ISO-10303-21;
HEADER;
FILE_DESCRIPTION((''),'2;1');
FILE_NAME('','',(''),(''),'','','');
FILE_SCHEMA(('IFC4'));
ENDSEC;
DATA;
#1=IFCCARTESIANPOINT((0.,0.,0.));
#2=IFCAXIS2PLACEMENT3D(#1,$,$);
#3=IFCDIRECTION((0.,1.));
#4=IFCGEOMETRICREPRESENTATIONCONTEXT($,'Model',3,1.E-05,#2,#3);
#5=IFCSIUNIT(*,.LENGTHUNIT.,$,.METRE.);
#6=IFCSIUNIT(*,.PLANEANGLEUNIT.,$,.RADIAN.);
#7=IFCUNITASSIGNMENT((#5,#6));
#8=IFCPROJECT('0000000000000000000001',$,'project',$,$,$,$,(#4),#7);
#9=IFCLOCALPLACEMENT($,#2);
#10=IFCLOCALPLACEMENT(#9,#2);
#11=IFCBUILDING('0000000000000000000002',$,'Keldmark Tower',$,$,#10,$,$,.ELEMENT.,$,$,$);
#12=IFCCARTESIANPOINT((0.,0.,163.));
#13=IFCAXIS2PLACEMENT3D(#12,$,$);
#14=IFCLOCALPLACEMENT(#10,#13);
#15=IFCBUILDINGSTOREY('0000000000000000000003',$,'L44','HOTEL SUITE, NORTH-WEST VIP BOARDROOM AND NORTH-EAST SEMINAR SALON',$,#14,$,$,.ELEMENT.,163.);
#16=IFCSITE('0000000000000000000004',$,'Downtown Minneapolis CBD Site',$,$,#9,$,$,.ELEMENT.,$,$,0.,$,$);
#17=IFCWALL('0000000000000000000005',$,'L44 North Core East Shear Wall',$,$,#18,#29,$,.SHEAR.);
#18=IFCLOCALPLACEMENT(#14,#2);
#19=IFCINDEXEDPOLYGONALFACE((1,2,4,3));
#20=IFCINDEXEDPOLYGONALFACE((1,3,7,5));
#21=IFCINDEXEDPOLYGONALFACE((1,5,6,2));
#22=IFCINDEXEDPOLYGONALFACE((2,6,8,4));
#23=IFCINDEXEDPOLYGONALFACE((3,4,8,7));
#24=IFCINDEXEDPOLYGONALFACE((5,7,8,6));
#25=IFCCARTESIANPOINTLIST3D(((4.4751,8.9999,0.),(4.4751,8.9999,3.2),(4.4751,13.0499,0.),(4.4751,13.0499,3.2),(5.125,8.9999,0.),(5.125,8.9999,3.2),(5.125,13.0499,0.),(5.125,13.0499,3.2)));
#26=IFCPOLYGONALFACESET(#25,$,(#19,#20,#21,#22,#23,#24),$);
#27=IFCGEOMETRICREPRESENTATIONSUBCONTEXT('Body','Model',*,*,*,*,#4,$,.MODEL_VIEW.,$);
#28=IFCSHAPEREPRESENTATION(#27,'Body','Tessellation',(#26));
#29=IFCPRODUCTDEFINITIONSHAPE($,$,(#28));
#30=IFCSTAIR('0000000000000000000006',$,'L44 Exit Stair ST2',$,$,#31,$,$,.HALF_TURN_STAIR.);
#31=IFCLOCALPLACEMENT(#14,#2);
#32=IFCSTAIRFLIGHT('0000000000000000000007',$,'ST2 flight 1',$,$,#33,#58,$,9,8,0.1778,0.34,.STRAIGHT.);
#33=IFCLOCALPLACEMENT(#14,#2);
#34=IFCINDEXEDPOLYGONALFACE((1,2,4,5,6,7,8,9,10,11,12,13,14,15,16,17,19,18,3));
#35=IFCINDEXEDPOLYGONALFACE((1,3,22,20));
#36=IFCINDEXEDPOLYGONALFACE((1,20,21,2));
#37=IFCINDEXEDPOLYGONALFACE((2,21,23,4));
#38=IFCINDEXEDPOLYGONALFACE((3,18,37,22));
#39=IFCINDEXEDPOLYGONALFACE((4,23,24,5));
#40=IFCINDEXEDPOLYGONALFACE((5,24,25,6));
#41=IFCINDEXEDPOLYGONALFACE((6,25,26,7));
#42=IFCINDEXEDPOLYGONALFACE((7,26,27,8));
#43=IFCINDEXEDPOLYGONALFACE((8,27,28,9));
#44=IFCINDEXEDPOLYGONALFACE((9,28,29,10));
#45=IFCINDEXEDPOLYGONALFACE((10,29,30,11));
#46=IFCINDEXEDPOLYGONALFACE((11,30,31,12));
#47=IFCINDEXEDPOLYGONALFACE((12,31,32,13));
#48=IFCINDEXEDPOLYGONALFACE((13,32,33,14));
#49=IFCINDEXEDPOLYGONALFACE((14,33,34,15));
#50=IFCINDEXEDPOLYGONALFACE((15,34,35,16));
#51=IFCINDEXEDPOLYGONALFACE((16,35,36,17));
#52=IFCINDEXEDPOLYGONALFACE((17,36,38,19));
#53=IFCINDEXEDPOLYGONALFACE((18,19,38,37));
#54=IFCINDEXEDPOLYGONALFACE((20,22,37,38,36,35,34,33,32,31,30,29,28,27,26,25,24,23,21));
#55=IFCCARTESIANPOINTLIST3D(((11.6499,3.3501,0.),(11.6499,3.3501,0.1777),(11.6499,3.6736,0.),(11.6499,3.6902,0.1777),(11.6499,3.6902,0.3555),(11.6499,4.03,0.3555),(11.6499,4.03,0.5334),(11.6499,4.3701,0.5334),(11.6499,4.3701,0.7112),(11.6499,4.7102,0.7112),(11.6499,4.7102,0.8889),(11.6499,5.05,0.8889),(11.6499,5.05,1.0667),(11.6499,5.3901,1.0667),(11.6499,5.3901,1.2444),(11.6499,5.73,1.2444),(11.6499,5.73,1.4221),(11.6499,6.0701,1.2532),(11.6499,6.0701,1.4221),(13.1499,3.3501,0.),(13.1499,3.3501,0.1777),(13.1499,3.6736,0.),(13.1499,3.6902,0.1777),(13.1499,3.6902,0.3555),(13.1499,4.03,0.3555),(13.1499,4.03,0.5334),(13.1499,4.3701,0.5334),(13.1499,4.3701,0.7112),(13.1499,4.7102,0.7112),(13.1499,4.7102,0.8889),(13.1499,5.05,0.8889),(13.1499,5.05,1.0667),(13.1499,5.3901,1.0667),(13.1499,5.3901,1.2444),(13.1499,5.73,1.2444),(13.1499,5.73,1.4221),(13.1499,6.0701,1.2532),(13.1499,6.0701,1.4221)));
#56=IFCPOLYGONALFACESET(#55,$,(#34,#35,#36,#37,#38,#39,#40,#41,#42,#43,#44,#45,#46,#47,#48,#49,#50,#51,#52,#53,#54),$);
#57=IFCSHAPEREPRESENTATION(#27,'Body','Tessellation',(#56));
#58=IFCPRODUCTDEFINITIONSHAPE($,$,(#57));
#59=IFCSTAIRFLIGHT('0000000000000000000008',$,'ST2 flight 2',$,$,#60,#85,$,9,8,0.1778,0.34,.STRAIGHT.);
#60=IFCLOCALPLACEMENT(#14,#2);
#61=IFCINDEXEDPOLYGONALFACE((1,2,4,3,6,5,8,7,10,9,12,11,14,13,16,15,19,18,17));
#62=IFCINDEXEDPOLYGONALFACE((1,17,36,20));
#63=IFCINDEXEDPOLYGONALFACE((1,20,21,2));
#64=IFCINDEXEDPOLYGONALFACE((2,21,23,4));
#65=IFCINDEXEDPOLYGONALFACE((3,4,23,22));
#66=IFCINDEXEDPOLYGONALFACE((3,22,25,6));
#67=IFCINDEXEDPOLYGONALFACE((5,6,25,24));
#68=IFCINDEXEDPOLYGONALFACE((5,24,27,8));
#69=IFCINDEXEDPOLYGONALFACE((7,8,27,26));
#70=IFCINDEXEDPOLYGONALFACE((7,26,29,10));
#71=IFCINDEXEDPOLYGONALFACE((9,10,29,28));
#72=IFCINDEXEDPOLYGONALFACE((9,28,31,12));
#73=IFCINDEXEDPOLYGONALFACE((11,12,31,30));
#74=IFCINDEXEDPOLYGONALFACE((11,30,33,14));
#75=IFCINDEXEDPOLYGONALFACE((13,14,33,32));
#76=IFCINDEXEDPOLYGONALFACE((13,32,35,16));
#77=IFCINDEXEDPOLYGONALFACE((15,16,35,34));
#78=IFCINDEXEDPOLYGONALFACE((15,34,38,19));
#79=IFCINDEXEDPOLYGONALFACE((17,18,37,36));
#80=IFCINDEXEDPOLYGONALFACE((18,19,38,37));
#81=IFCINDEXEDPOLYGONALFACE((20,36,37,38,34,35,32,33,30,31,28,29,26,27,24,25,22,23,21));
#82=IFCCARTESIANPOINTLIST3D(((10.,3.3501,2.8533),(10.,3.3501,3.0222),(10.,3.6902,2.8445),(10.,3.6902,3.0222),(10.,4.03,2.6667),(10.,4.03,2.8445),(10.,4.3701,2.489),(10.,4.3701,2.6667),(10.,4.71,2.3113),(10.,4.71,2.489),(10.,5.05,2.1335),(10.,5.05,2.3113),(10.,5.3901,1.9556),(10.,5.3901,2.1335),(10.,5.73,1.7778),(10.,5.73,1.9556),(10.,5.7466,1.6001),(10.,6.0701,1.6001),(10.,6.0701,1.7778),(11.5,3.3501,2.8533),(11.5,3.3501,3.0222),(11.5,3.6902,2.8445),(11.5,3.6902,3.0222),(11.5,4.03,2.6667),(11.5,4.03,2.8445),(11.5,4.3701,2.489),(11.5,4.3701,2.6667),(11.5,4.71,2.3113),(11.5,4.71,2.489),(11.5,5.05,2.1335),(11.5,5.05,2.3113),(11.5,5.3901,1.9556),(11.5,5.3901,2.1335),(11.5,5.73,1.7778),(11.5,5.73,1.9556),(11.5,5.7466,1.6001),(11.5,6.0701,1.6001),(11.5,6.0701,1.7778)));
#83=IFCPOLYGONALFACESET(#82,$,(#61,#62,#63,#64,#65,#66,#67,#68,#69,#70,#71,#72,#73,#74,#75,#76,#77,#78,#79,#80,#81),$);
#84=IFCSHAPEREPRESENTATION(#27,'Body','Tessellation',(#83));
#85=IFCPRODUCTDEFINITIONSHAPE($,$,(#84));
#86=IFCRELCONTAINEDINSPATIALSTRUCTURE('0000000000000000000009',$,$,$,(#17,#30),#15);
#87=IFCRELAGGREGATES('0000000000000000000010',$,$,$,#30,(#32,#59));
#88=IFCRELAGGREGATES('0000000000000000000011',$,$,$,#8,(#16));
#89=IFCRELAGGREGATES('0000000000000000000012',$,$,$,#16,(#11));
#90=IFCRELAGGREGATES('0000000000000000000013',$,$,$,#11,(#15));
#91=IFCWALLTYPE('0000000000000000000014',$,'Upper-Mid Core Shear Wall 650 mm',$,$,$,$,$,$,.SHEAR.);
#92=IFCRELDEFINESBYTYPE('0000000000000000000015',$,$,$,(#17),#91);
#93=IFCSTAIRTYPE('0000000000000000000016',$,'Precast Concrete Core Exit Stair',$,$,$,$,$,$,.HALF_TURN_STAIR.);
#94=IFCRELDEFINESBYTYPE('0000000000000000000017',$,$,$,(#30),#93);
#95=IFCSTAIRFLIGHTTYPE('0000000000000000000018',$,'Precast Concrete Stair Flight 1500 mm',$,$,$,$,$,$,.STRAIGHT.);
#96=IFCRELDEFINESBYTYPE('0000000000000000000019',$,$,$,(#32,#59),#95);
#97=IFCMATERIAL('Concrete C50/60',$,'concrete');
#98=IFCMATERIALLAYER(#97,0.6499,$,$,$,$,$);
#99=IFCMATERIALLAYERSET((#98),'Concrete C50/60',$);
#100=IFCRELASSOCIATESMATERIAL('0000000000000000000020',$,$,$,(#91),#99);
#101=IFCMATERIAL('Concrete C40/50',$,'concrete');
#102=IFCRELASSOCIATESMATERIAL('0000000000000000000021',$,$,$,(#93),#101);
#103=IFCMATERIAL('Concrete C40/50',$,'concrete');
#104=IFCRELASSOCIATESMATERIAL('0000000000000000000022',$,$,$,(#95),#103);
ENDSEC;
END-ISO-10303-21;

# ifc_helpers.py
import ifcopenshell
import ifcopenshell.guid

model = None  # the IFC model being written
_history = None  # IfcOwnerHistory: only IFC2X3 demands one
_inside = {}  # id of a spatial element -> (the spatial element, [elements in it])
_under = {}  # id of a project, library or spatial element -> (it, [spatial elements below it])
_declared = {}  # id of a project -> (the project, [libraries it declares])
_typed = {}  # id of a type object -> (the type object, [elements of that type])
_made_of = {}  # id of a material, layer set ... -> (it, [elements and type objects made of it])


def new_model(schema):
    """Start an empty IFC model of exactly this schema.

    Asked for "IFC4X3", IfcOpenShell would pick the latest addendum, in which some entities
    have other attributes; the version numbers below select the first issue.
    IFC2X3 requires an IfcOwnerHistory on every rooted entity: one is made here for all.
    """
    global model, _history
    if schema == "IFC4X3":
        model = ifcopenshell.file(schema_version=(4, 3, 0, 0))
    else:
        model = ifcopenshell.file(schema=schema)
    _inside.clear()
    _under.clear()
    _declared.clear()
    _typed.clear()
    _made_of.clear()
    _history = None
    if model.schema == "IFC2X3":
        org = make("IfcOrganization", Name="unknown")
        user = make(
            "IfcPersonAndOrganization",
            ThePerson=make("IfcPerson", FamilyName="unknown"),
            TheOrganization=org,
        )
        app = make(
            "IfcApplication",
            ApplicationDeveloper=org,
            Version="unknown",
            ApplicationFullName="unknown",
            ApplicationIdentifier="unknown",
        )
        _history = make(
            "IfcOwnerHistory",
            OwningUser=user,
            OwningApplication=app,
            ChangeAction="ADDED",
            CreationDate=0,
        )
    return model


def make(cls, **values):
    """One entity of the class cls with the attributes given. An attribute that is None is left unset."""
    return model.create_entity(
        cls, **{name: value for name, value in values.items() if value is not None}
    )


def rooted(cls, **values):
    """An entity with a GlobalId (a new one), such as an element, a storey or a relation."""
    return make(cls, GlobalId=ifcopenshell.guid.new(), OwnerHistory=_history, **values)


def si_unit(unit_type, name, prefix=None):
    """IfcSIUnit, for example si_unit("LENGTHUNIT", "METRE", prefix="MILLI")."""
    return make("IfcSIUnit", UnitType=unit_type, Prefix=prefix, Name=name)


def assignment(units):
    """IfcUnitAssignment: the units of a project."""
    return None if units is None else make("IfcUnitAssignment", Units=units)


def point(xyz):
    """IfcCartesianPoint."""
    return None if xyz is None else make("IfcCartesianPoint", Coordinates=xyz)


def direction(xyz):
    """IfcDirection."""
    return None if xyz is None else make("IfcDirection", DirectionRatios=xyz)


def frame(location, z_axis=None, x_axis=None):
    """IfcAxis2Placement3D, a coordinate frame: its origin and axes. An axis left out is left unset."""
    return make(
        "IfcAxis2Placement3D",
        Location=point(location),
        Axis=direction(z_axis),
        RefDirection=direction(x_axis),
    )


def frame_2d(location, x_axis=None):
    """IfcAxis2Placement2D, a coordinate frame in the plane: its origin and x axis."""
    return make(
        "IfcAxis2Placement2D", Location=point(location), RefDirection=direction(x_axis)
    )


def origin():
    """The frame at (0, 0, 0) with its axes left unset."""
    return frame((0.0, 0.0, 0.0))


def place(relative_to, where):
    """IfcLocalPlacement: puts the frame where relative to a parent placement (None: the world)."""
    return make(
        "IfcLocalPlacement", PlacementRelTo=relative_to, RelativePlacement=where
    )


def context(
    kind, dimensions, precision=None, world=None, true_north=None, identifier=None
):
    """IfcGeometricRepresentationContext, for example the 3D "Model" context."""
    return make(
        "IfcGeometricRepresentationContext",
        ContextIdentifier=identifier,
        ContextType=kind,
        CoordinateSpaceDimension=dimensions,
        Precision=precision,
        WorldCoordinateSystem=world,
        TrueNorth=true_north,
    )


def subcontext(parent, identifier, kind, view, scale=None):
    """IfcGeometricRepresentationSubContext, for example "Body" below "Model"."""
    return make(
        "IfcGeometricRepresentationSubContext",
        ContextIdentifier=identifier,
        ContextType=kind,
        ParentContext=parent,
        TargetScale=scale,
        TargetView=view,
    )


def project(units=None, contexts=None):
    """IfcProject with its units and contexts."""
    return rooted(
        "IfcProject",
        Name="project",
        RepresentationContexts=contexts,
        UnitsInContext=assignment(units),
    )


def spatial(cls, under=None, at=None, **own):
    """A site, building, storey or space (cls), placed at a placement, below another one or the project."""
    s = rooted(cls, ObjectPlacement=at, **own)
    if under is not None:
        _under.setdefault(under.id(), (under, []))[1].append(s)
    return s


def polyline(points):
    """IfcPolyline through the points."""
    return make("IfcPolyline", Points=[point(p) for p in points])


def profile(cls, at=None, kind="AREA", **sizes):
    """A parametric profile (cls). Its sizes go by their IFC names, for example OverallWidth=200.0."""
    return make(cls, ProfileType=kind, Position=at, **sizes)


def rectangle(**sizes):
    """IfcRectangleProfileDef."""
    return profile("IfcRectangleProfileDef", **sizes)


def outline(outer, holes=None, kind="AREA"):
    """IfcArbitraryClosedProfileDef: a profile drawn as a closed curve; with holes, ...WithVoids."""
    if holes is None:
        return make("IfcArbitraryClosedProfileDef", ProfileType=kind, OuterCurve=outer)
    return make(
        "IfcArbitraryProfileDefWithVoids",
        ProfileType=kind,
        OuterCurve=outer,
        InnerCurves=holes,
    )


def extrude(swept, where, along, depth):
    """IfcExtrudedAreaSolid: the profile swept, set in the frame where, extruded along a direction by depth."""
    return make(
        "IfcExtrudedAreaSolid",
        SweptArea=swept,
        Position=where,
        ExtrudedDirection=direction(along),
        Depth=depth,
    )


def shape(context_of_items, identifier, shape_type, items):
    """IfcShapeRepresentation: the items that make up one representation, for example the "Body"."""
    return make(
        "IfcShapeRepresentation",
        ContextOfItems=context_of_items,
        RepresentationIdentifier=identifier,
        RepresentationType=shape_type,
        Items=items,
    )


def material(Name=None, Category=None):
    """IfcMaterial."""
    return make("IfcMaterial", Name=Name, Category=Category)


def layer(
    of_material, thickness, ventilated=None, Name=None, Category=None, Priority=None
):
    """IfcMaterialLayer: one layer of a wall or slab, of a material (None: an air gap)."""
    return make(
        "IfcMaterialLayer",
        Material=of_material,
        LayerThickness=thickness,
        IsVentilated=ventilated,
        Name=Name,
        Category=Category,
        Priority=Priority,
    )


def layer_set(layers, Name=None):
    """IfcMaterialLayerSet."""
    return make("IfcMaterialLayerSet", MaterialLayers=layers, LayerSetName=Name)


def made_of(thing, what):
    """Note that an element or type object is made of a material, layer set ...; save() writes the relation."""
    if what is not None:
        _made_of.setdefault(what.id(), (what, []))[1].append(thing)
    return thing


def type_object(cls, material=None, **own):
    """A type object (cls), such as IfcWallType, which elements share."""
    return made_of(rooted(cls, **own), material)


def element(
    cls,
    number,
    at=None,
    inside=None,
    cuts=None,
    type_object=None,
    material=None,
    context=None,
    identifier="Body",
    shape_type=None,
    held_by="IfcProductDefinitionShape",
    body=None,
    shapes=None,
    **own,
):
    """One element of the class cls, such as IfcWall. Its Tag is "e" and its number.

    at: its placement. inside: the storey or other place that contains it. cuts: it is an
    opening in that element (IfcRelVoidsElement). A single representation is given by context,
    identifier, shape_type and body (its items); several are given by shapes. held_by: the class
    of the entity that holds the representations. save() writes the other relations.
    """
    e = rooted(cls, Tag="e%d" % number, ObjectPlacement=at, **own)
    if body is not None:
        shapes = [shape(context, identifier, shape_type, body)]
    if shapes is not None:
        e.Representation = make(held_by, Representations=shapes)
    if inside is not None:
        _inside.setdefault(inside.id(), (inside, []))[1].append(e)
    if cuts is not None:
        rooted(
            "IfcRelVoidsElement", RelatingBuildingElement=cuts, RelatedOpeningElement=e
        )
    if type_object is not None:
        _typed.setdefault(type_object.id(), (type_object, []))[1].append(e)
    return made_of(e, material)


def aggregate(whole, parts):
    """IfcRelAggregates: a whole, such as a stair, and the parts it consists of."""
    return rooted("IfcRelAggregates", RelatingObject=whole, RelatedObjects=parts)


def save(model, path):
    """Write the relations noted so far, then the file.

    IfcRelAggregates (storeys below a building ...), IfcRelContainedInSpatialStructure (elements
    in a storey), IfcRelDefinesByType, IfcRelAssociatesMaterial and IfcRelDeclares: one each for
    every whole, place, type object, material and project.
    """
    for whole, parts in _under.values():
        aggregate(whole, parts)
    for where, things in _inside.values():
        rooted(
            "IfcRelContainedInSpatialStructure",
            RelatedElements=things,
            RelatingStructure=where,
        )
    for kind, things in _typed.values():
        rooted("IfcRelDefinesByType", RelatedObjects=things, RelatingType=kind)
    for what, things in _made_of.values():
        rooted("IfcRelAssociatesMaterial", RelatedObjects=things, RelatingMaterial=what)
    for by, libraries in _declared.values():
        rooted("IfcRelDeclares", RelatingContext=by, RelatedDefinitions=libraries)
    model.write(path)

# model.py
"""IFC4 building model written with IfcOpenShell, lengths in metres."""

from ifc_helpers import new_model, si_unit, direction, frame, frame_2d, origin, place, context, subcontext, project, spatial, polyline, rectangle, outline, extrude, material, layer, layer_set, type_object, element, aggregate, save


model = new_model("IFC4")

# Units and contexts
model_context = context("Model", 3, precision=1e-05, world=origin(), true_north=direction((0.0, 1.0)))
body_context = subcontext(model_context, "Body", "Model", "MODEL_VIEW")
ifc_project = project(units=[si_unit("LENGTHUNIT", "METRE"), si_unit("PLANEANGLEUNIT", "RADIAN")], contexts=[model_context])

# Site, building, storey
site_placement = place(None, origin())
site = spatial("IfcSite", under=ifc_project, at=site_placement, Name="Downtown Minneapolis CBD Site", CompositionType="ELEMENT", RefElevation=0.0)
building_placement = place(site_placement, origin())
building = spatial("IfcBuilding", under=site, at=building_placement, Name="Keldmark Tower", CompositionType="ELEMENT")
storey_placement = place(building_placement, frame((0.0, 0.0, 163.0)))
storey = spatial("IfcBuildingStorey", under=building, at=storey_placement, Name="L44", Description="HOTEL SUITE, NORTH-WEST VIP BOARDROOM AND NORTH-EAST SEMINAR SALON", CompositionType="ELEMENT", Elevation=163.0)

# Wall
ifc_material_1 = material(Name="Concrete C50/60", Category="concrete")
ifc_layer_1 = layer(ifc_material_1, 0.6499)
ifc_layer_set_1 = layer_set([ifc_layer_1], Name="Concrete C50/60")
wall_type_1 = type_object("IfcWallType", Name="Upper-Mid Core Shear Wall 650 mm", PredefinedType="SHEAR", material=ifc_layer_set_1)
wall_1_placement = place(storey_placement, frame((4.8, 9.0, 0.0), z_axis=(0.0, 0.0, 1.0), x_axis=(0.0, 1.0, 0.0)))
element("IfcWall", 1, at=wall_1_placement, inside=storey, type_object=wall_type_1, Name="L44 North Core East Shear Wall", PredefinedType="SHEAR", context=body_context, shape_type="SweptSolid", body=[
    extrude(rectangle(XDim=4.05, YDim=0.6499, at=frame_2d((2.0249, 0.0))), origin(), (0.0, 0.0, 1.0), 3.2),
])

# Stair, stair flights
ifc_material_2 = material(Name="Concrete C40/50", Category="concrete")
stair_type = type_object("IfcStairType", Name="Precast Concrete Core Exit Stair", PredefinedType="HALF_TURN_STAIR", material=ifc_material_2)
stair_placement = place(storey_placement, origin())
stair = element("IfcStair", 2, at=stair_placement, inside=storey, type_object=stair_type, Name="L44 Exit Stair ST2", PredefinedType="HALF_TURN_STAIR")
ifc_material_3 = material(Name="Concrete C40/50", Category="concrete")
stair_flight_type = type_object("IfcStairFlightType", Name="Precast Concrete Stair Flight 1500 mm", PredefinedType="STRAIGHT", material=ifc_material_3)
stair_flight_1_placement = place(storey_placement, frame((12.3999, 3.3501, 0.0), z_axis=(0.0, 0.0, 1.0), x_axis=(0.0, 1.0, 0.0)))
stair_flight_1 = element("IfcStairFlight", 3, at=stair_flight_1_placement, type_object=stair_flight_type, Name="ST2 flight 1", NumberOfRisers=9, NumberOfTreads=8, PredefinedType="STRAIGHT", RiserHeight=0.1778, TreadLength=0.34, context=body_context, shape_type="SweptSolid", body=[
    extrude(outline(polyline([(0.0, 0.0), (0.0, 0.1777), (0.3401, 0.1777), (0.3401, 0.3555), (0.6799, 0.3555), (0.6799, 0.5334), (1.02, 0.5334), (1.02, 0.7112), (1.3601, 0.7112), (1.3601, 0.8889), (1.7, 0.8889), (1.7, 1.0667), (2.04, 1.0667), (2.04, 1.2444), (2.3799, 1.2444), (2.3799, 1.4221), (2.72, 1.4221), (2.72, 1.6001), (2.72, 1.2532), (0.3235, 0.0), (0.0, 0.0)])), frame((0.0, 0.75, 0.0), z_axis=(0.0, -1.0, 0.0), x_axis=(1.0, 0.0, 0.0)), (0.0, 0.0, 1.0), 1.5),
])
stair_flight_2_placement = place(storey_placement, frame((10.75, 6.0701, 1.6001), z_axis=(0.0, 0.0, 1.0), x_axis=(0.0, -1.0, 0.0)))
stair_flight_2 = element("IfcStairFlight", 4, at=stair_flight_2_placement, type_object=stair_flight_type, Name="ST2 flight 2", NumberOfRisers=9, NumberOfTreads=8, PredefinedType="STRAIGHT", RiserHeight=0.1778, TreadLength=0.34, context=body_context, shape_type="SweptSolid", body=[
    extrude(outline(polyline([(0.0, 0.0), (0.0, 0.1777), (0.3401, 0.1777), (0.3401, 0.3555), (0.6799, 0.3555), (0.6799, 0.5334), (1.02, 0.5334), (1.02, 0.7112), (1.3601, 0.7112), (1.3601, 0.8889), (1.7, 0.8889), (1.7, 1.0667), (2.04, 1.0667), (2.04, 1.2444), (2.3799, 1.2444), (2.3799, 1.4221), (2.72, 1.4221), (2.72, 1.6001), (2.72, 1.2532), (0.3235, 0.0), (0.0, 0.0)])), frame((0.0, 0.75, 0.0), z_axis=(0.0, -1.0, 0.0), x_axis=(1.0, 0.0, 0.0)), (0.0, 0.0, 1.0), 1.5),
])
aggregate(stair, [stair_flight_1, stair_flight_2])

save(model, "model.ifc")
